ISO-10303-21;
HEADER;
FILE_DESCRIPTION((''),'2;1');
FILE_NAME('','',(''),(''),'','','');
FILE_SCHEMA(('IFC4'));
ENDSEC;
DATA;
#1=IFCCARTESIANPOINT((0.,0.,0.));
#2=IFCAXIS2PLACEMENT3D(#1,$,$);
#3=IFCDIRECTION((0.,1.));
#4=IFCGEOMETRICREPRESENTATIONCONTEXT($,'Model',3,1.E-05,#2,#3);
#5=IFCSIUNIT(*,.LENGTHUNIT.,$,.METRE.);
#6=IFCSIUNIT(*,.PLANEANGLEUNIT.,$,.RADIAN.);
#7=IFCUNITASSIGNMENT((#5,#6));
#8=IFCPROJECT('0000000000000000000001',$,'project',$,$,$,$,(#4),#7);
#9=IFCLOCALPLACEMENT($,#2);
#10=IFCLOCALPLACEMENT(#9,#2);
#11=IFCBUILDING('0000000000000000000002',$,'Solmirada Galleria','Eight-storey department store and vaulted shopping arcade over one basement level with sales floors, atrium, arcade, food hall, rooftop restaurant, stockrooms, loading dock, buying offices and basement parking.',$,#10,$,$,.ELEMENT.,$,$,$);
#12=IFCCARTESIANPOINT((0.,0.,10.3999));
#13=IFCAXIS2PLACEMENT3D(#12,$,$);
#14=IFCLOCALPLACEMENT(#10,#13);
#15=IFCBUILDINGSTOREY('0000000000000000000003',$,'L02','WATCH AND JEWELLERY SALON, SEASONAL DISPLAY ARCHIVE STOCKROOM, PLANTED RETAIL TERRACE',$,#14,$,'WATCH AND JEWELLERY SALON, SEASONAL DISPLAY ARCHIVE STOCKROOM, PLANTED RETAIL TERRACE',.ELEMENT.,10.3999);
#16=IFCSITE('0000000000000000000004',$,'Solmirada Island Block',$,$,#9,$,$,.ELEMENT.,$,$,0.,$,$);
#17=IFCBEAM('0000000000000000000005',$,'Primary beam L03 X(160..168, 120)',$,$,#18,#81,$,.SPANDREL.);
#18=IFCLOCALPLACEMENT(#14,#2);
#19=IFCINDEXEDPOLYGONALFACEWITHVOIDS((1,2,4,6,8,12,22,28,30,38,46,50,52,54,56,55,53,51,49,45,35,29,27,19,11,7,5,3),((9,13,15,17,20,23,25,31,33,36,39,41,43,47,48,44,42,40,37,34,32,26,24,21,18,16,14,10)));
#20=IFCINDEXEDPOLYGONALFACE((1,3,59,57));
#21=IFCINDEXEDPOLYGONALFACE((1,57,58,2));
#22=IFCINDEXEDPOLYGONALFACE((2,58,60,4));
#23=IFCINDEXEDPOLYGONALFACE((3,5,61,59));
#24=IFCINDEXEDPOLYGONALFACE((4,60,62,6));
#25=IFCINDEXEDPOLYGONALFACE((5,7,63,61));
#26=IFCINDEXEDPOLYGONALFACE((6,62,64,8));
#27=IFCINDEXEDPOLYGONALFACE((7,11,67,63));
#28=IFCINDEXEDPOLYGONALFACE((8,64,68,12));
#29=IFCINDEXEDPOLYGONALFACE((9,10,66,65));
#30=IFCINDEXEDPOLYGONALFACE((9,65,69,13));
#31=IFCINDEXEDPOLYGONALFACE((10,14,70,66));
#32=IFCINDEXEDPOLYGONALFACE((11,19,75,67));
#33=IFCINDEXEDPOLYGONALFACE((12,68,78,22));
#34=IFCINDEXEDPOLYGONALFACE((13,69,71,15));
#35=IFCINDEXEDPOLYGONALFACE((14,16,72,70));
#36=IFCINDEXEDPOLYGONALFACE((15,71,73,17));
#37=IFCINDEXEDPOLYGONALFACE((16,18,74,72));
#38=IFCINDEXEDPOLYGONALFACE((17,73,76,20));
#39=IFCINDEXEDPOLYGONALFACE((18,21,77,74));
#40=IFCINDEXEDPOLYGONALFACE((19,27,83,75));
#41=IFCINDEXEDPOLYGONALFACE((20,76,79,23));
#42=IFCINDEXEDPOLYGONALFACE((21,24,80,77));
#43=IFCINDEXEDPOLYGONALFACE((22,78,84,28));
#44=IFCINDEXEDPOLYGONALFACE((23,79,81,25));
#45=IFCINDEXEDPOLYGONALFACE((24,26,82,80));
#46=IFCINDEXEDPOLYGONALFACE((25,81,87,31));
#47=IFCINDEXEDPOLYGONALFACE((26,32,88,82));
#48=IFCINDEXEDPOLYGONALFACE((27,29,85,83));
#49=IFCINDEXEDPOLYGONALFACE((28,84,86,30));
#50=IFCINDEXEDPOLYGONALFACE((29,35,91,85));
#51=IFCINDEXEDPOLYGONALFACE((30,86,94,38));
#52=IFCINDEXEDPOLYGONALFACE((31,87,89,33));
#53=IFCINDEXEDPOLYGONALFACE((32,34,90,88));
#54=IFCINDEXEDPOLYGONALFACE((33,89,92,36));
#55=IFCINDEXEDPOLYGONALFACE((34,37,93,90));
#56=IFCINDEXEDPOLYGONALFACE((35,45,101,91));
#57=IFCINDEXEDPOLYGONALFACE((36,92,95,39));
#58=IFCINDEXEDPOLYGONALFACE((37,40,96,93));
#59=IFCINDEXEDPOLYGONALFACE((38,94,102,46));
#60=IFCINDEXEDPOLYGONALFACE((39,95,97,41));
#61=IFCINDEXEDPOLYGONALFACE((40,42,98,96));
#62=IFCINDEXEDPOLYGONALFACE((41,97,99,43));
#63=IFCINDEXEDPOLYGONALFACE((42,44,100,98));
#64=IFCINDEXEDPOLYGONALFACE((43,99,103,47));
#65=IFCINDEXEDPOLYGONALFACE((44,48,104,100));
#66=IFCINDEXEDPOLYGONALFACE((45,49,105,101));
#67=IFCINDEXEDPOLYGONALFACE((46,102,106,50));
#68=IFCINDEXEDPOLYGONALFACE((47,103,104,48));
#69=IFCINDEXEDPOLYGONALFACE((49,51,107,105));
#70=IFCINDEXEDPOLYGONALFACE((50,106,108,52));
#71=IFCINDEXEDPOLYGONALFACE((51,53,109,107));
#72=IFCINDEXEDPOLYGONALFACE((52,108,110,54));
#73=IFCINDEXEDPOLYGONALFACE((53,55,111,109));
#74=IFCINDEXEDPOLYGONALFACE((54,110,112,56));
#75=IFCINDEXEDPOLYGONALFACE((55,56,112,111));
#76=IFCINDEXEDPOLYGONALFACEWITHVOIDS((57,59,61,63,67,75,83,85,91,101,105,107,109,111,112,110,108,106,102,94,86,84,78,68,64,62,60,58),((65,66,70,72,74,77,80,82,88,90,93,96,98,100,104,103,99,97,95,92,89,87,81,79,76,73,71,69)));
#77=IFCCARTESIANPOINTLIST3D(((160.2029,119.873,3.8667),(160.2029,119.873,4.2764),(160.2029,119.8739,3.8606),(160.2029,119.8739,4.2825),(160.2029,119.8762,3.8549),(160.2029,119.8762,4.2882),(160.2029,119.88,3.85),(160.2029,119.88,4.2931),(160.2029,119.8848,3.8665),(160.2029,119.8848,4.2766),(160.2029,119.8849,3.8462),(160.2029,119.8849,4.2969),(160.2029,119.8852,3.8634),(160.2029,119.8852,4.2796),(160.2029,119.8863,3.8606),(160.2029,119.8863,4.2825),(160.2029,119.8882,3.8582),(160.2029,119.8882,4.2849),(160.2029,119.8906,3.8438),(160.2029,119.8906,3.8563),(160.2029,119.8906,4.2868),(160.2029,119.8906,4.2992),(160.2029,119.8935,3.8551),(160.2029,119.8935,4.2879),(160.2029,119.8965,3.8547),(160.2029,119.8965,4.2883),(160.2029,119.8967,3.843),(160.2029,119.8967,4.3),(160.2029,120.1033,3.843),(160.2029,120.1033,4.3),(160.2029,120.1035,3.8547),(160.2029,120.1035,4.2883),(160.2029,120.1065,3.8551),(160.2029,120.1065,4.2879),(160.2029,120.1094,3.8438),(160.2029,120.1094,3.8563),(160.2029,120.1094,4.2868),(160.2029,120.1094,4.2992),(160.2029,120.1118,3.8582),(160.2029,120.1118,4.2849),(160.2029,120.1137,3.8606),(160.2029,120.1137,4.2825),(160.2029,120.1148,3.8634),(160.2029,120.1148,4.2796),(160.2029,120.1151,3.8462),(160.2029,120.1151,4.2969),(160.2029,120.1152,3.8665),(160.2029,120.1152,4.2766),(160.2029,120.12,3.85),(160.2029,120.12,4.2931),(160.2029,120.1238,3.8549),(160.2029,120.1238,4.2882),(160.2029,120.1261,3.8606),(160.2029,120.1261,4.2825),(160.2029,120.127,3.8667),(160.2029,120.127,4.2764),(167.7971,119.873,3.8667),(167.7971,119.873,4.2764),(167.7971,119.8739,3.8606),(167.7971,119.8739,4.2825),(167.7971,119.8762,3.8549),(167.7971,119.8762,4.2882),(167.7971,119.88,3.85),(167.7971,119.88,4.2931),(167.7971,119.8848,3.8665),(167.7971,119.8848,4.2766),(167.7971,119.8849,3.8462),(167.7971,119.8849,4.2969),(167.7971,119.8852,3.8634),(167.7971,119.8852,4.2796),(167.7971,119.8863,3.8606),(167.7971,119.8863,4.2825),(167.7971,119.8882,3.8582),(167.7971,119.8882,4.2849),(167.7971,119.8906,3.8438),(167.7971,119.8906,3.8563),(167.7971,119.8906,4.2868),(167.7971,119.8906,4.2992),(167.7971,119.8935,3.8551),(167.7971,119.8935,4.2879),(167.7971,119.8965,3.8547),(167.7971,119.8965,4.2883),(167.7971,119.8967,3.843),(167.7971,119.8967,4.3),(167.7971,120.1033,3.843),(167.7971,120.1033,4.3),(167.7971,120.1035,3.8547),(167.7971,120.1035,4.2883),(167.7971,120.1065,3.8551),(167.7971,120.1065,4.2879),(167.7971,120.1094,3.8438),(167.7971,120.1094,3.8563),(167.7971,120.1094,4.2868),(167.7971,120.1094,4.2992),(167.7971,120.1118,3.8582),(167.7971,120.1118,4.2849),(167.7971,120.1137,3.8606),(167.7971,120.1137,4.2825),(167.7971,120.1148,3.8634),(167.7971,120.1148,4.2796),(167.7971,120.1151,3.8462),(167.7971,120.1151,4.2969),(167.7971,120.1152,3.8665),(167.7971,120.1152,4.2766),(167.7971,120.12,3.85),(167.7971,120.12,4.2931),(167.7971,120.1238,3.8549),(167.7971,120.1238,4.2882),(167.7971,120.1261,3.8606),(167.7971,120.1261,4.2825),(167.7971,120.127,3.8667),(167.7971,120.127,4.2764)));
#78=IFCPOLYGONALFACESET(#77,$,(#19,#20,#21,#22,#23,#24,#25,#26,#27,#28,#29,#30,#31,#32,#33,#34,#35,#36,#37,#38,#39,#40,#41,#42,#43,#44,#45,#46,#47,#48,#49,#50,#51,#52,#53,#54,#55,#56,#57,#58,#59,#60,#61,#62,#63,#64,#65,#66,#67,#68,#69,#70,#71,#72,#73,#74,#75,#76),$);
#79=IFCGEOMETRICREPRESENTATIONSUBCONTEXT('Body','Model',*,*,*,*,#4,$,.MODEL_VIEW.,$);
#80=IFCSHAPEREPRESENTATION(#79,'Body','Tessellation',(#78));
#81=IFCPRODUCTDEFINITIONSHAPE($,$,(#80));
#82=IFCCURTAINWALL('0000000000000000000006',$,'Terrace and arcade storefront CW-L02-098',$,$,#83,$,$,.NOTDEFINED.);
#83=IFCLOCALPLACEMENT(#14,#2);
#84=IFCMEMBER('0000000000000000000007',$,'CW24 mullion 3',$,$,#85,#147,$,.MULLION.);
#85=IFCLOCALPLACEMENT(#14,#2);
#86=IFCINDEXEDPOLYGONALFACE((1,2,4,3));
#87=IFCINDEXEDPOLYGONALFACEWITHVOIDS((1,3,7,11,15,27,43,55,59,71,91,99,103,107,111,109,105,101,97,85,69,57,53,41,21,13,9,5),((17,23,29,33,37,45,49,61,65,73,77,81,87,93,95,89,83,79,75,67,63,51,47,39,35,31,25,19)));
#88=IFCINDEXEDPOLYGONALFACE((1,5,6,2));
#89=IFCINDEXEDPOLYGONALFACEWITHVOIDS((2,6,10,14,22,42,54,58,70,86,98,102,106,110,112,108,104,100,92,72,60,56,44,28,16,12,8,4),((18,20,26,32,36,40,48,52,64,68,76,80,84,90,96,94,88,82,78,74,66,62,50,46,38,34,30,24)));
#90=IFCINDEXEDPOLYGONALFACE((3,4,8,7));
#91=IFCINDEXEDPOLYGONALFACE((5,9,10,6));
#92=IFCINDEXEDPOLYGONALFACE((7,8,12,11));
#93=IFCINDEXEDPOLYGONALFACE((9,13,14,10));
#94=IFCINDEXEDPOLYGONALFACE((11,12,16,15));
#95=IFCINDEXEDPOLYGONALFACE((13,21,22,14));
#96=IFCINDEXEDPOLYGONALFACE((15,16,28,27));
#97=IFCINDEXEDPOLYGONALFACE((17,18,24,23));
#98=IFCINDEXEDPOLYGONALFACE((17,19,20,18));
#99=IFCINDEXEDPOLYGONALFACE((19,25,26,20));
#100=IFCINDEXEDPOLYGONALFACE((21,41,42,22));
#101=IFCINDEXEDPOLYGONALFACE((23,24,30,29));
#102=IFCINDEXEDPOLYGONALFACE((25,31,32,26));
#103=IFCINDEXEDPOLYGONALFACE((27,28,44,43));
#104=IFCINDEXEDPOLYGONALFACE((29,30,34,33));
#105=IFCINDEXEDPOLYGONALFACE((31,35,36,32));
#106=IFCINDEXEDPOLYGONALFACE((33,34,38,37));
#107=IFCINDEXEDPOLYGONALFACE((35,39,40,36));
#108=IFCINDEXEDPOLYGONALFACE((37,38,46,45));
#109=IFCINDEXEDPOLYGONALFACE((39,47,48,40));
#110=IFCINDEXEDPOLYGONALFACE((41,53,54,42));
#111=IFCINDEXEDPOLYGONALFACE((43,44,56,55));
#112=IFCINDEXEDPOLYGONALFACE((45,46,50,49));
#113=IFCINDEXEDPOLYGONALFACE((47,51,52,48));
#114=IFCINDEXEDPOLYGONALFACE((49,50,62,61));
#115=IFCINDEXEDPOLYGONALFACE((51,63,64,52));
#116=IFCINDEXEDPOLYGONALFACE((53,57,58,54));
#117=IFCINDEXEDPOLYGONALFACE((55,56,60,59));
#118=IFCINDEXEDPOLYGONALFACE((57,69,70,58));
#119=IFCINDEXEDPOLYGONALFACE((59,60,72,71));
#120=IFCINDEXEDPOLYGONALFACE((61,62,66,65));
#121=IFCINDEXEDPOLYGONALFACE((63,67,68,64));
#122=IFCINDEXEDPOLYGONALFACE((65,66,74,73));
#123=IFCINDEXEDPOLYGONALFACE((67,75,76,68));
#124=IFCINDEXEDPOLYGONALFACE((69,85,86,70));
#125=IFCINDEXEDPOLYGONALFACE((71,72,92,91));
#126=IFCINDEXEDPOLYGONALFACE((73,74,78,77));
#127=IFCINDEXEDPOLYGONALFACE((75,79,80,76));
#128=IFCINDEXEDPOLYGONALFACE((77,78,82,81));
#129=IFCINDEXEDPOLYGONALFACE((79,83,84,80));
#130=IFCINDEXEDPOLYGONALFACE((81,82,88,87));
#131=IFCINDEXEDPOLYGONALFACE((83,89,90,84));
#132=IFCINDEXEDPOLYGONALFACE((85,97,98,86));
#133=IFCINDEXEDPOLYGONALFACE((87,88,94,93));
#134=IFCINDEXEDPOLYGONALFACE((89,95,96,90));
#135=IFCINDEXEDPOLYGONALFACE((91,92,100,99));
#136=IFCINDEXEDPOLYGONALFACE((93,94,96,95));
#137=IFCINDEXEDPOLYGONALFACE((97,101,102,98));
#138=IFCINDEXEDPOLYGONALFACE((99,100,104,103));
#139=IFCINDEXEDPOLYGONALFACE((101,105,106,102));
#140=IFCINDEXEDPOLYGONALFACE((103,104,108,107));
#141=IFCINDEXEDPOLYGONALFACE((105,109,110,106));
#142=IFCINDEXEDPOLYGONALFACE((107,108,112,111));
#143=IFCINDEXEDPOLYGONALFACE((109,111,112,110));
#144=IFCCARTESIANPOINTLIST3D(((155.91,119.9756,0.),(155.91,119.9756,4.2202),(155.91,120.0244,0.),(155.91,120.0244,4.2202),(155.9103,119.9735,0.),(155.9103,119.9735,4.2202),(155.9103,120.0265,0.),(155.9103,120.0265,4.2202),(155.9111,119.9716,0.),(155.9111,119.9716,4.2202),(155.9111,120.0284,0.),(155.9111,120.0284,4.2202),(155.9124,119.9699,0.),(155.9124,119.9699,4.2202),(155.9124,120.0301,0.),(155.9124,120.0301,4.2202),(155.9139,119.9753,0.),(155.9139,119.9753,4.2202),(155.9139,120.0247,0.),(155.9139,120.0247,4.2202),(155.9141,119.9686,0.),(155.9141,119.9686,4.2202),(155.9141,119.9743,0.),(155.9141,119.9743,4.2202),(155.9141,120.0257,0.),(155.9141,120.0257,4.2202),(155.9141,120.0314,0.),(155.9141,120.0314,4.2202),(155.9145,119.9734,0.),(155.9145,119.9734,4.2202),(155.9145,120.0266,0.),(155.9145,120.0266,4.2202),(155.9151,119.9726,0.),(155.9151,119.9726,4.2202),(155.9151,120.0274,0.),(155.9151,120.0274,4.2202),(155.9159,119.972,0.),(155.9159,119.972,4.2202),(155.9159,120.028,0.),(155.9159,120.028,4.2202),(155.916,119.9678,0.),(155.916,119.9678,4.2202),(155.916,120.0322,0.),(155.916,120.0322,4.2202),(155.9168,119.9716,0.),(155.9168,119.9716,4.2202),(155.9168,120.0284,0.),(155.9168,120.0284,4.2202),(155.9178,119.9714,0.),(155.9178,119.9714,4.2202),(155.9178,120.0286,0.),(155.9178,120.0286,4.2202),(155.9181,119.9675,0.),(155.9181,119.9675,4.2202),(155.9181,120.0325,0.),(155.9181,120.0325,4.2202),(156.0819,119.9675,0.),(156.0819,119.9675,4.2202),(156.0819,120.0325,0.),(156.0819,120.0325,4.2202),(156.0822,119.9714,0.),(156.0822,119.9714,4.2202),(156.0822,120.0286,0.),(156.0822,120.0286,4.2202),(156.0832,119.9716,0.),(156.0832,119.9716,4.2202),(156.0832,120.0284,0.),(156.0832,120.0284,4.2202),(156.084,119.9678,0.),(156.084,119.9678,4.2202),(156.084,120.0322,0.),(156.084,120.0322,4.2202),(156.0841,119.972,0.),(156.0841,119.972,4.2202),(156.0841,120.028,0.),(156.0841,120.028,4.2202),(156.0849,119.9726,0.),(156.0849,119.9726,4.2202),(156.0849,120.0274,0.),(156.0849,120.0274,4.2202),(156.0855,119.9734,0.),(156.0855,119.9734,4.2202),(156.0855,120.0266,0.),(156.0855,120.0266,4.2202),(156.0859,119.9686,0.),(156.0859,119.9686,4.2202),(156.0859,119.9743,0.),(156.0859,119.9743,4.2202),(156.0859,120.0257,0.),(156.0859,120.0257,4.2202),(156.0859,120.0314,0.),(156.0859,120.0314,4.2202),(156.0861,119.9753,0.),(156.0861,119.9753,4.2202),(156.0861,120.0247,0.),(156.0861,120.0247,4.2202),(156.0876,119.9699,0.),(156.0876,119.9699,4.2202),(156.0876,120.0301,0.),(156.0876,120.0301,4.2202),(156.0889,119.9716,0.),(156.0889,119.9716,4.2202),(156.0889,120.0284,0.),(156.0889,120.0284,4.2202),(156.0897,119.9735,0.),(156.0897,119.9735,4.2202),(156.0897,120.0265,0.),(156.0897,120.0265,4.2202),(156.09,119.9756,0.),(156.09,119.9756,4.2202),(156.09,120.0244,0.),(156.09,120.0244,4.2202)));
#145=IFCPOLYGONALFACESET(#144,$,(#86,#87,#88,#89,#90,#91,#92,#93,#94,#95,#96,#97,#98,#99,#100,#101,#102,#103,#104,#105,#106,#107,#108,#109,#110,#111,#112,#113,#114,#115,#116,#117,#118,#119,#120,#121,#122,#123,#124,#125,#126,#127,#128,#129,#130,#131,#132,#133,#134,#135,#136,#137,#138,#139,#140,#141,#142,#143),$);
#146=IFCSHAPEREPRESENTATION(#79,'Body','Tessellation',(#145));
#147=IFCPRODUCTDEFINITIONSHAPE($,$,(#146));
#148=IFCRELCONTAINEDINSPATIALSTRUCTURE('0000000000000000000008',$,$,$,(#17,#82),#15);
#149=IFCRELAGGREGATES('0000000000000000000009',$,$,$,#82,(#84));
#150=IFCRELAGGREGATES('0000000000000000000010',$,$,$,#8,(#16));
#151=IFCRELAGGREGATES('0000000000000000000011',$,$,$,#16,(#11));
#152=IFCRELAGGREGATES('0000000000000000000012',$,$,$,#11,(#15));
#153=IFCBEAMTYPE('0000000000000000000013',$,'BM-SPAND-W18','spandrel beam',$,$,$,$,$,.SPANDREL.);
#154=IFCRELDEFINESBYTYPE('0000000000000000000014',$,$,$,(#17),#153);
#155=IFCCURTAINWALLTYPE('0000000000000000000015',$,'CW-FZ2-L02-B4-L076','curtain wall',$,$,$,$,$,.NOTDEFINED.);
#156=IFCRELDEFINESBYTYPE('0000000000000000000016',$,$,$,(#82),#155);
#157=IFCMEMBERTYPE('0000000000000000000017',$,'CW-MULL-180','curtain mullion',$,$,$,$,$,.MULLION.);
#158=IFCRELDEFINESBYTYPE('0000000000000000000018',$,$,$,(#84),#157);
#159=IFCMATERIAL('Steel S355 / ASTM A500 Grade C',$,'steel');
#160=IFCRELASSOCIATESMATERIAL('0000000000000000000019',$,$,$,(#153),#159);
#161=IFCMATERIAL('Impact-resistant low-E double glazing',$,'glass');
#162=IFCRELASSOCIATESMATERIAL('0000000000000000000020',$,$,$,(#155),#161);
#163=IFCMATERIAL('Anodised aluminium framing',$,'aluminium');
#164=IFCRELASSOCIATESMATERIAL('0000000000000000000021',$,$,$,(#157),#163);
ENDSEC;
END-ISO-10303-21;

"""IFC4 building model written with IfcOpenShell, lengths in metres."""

from ifc_helpers import new_model, si_unit, direction, frame, origin, origin_2d, place, context, subcontext, project, spatial, hollow_rectangle, extrude, material, material_profile, profile_set, type_object, element, aggregate, save


model = new_model("IFC4")

# Units and contexts
model_context = context("Model", 3, precision=1e-05, world=origin(), true_north=direction((0.0, 1.0)))
body_context = subcontext(model_context, "Body", "Model", "MODEL_VIEW")
ifc_project = project(units=[si_unit("LENGTHUNIT", "METRE"), si_unit("PLANEANGLEUNIT", "RADIAN")], contexts=[model_context])

# Site, building, storey
site_placement = place(None, origin())
site = spatial("IfcSite", under=ifc_project, at=site_placement, Name="Solmirada Island Block", CompositionType="ELEMENT", RefElevation=0.0)
building_placement = place(site_placement, origin())
building = spatial("IfcBuilding", under=site, at=building_placement, Name="Solmirada Galleria", Description="Eight-storey department store and vaulted shopping arcade over one basement level with sales floors, atrium, arcade, food hall, rooftop restaurant, stockrooms, loading dock, buying offices and basement parking.", CompositionType="ELEMENT")
storey_placement = place(building_placement, frame((0.0, 0.0, 10.3999)))
storey = spatial("IfcBuildingStorey", under=building, at=storey_placement, Name="L02", Description="WATCH AND JEWELLERY SALON, SEASONAL DISPLAY ARCHIVE STOCKROOM, PLANTED RETAIL TERRACE", LongName="WATCH AND JEWELLERY SALON, SEASONAL DISPLAY ARCHIVE STOCKROOM, PLANTED RETAIL TERRACE", CompositionType="ELEMENT", Elevation=10.3999)

# Shared definitions
ifc_material_1 = material(Name="Steel S355 / ASTM A500 Grade C", Category="steel")

# Beam
ifc_material_profile_1 = material_profile(ifc_material_1, hollow_rectangle(XDim=0.2539, YDim=0.457, WallThickness=0.0117, InnerFilletRadius=0.0117, OuterFilletRadius=0.0237, at=origin_2d()), Name="HSS18X10X1/2")
ifc_profile_set_1 = profile_set([ifc_material_profile_1], Name="Steel S355 / ASTM A500 Grade C")
beam_type_1 = type_object("IfcBeamType", Name="BM-SPAND-W18", Description="spandrel beam", PredefinedType="SPANDREL", material=ifc_profile_set_1)
beam_1_placement = place(storey_placement, frame((160.2029, 120.0, 4.0715), z_axis=(1.0, 0.0, 0.0), x_axis=(0.0, 1.0, 0.0)))
element("IfcBeam", 1, at=beam_1_placement, inside=storey, type_object=beam_type_1, Name="Primary beam L03 X(160..168, 120)", PredefinedType="SPANDREL", context=body_context, shape_type="SweptSolid", body=[
    extrude(hollow_rectangle(XDim=0.2539, YDim=0.457, WallThickness=0.0117, InnerFilletRadius=0.0117, OuterFilletRadius=0.0237, at=origin_2d()), origin(), (0.0, 0.0, 1.0), 7.5942),
])

# Curtain wall, member
ifc_material_2 = material(Name="Impact-resistant low-E double glazing", Category="glass")
curtain_wall_type = type_object("IfcCurtainWallType", Name="CW-FZ2-L02-B4-L076", Description="curtain wall", PredefinedType="NOTDEFINED", material=ifc_material_2)
curtain_wall_placement = place(storey_placement, origin())
curtain_wall = element("IfcCurtainWall", 2, at=curtain_wall_placement, inside=storey, type_object=curtain_wall_type, Name="Terrace and arcade storefront CW-L02-098", PredefinedType="NOTDEFINED")
ifc_material_3 = material(Name="Anodised aluminium framing", Category="aluminium")
ifc_material_profile_2 = material_profile(ifc_material_3, hollow_rectangle(XDim=0.0649, YDim=0.1799, WallThickness=0.0039, InnerFilletRadius=0.0039, OuterFilletRadius=0.0081, at=origin_2d()), Name="ALU-MULL-180X65")
ifc_profile_set_2 = profile_set([ifc_material_profile_2], Name="Anodised aluminium framing")
member_type_1 = type_object("IfcMemberType", Name="CW-MULL-180", Description="curtain mullion", PredefinedType="MULLION", material=ifc_profile_set_2)
member_1_placement = place(storey_placement, frame((156.0, 120.0, 0.0), z_axis=(0.0, 0.0, 1.0), x_axis=(0.0, 1.0, 0.0)))
member_1 = element("IfcMember", 3, at=member_1_placement, type_object=member_type_1, Name="CW24 mullion 3", PredefinedType="MULLION", context=body_context, shape_type="SweptSolid", body=[
    extrude(hollow_rectangle(XDim=0.0649, YDim=0.1799, WallThickness=0.0039, InnerFilletRadius=0.0039, OuterFilletRadius=0.0081, at=origin_2d()), origin(), (0.0, 0.0, 1.0), 4.2202),
])
aggregate(curtain_wall, [member_1])

save(model, "model.ifc")
